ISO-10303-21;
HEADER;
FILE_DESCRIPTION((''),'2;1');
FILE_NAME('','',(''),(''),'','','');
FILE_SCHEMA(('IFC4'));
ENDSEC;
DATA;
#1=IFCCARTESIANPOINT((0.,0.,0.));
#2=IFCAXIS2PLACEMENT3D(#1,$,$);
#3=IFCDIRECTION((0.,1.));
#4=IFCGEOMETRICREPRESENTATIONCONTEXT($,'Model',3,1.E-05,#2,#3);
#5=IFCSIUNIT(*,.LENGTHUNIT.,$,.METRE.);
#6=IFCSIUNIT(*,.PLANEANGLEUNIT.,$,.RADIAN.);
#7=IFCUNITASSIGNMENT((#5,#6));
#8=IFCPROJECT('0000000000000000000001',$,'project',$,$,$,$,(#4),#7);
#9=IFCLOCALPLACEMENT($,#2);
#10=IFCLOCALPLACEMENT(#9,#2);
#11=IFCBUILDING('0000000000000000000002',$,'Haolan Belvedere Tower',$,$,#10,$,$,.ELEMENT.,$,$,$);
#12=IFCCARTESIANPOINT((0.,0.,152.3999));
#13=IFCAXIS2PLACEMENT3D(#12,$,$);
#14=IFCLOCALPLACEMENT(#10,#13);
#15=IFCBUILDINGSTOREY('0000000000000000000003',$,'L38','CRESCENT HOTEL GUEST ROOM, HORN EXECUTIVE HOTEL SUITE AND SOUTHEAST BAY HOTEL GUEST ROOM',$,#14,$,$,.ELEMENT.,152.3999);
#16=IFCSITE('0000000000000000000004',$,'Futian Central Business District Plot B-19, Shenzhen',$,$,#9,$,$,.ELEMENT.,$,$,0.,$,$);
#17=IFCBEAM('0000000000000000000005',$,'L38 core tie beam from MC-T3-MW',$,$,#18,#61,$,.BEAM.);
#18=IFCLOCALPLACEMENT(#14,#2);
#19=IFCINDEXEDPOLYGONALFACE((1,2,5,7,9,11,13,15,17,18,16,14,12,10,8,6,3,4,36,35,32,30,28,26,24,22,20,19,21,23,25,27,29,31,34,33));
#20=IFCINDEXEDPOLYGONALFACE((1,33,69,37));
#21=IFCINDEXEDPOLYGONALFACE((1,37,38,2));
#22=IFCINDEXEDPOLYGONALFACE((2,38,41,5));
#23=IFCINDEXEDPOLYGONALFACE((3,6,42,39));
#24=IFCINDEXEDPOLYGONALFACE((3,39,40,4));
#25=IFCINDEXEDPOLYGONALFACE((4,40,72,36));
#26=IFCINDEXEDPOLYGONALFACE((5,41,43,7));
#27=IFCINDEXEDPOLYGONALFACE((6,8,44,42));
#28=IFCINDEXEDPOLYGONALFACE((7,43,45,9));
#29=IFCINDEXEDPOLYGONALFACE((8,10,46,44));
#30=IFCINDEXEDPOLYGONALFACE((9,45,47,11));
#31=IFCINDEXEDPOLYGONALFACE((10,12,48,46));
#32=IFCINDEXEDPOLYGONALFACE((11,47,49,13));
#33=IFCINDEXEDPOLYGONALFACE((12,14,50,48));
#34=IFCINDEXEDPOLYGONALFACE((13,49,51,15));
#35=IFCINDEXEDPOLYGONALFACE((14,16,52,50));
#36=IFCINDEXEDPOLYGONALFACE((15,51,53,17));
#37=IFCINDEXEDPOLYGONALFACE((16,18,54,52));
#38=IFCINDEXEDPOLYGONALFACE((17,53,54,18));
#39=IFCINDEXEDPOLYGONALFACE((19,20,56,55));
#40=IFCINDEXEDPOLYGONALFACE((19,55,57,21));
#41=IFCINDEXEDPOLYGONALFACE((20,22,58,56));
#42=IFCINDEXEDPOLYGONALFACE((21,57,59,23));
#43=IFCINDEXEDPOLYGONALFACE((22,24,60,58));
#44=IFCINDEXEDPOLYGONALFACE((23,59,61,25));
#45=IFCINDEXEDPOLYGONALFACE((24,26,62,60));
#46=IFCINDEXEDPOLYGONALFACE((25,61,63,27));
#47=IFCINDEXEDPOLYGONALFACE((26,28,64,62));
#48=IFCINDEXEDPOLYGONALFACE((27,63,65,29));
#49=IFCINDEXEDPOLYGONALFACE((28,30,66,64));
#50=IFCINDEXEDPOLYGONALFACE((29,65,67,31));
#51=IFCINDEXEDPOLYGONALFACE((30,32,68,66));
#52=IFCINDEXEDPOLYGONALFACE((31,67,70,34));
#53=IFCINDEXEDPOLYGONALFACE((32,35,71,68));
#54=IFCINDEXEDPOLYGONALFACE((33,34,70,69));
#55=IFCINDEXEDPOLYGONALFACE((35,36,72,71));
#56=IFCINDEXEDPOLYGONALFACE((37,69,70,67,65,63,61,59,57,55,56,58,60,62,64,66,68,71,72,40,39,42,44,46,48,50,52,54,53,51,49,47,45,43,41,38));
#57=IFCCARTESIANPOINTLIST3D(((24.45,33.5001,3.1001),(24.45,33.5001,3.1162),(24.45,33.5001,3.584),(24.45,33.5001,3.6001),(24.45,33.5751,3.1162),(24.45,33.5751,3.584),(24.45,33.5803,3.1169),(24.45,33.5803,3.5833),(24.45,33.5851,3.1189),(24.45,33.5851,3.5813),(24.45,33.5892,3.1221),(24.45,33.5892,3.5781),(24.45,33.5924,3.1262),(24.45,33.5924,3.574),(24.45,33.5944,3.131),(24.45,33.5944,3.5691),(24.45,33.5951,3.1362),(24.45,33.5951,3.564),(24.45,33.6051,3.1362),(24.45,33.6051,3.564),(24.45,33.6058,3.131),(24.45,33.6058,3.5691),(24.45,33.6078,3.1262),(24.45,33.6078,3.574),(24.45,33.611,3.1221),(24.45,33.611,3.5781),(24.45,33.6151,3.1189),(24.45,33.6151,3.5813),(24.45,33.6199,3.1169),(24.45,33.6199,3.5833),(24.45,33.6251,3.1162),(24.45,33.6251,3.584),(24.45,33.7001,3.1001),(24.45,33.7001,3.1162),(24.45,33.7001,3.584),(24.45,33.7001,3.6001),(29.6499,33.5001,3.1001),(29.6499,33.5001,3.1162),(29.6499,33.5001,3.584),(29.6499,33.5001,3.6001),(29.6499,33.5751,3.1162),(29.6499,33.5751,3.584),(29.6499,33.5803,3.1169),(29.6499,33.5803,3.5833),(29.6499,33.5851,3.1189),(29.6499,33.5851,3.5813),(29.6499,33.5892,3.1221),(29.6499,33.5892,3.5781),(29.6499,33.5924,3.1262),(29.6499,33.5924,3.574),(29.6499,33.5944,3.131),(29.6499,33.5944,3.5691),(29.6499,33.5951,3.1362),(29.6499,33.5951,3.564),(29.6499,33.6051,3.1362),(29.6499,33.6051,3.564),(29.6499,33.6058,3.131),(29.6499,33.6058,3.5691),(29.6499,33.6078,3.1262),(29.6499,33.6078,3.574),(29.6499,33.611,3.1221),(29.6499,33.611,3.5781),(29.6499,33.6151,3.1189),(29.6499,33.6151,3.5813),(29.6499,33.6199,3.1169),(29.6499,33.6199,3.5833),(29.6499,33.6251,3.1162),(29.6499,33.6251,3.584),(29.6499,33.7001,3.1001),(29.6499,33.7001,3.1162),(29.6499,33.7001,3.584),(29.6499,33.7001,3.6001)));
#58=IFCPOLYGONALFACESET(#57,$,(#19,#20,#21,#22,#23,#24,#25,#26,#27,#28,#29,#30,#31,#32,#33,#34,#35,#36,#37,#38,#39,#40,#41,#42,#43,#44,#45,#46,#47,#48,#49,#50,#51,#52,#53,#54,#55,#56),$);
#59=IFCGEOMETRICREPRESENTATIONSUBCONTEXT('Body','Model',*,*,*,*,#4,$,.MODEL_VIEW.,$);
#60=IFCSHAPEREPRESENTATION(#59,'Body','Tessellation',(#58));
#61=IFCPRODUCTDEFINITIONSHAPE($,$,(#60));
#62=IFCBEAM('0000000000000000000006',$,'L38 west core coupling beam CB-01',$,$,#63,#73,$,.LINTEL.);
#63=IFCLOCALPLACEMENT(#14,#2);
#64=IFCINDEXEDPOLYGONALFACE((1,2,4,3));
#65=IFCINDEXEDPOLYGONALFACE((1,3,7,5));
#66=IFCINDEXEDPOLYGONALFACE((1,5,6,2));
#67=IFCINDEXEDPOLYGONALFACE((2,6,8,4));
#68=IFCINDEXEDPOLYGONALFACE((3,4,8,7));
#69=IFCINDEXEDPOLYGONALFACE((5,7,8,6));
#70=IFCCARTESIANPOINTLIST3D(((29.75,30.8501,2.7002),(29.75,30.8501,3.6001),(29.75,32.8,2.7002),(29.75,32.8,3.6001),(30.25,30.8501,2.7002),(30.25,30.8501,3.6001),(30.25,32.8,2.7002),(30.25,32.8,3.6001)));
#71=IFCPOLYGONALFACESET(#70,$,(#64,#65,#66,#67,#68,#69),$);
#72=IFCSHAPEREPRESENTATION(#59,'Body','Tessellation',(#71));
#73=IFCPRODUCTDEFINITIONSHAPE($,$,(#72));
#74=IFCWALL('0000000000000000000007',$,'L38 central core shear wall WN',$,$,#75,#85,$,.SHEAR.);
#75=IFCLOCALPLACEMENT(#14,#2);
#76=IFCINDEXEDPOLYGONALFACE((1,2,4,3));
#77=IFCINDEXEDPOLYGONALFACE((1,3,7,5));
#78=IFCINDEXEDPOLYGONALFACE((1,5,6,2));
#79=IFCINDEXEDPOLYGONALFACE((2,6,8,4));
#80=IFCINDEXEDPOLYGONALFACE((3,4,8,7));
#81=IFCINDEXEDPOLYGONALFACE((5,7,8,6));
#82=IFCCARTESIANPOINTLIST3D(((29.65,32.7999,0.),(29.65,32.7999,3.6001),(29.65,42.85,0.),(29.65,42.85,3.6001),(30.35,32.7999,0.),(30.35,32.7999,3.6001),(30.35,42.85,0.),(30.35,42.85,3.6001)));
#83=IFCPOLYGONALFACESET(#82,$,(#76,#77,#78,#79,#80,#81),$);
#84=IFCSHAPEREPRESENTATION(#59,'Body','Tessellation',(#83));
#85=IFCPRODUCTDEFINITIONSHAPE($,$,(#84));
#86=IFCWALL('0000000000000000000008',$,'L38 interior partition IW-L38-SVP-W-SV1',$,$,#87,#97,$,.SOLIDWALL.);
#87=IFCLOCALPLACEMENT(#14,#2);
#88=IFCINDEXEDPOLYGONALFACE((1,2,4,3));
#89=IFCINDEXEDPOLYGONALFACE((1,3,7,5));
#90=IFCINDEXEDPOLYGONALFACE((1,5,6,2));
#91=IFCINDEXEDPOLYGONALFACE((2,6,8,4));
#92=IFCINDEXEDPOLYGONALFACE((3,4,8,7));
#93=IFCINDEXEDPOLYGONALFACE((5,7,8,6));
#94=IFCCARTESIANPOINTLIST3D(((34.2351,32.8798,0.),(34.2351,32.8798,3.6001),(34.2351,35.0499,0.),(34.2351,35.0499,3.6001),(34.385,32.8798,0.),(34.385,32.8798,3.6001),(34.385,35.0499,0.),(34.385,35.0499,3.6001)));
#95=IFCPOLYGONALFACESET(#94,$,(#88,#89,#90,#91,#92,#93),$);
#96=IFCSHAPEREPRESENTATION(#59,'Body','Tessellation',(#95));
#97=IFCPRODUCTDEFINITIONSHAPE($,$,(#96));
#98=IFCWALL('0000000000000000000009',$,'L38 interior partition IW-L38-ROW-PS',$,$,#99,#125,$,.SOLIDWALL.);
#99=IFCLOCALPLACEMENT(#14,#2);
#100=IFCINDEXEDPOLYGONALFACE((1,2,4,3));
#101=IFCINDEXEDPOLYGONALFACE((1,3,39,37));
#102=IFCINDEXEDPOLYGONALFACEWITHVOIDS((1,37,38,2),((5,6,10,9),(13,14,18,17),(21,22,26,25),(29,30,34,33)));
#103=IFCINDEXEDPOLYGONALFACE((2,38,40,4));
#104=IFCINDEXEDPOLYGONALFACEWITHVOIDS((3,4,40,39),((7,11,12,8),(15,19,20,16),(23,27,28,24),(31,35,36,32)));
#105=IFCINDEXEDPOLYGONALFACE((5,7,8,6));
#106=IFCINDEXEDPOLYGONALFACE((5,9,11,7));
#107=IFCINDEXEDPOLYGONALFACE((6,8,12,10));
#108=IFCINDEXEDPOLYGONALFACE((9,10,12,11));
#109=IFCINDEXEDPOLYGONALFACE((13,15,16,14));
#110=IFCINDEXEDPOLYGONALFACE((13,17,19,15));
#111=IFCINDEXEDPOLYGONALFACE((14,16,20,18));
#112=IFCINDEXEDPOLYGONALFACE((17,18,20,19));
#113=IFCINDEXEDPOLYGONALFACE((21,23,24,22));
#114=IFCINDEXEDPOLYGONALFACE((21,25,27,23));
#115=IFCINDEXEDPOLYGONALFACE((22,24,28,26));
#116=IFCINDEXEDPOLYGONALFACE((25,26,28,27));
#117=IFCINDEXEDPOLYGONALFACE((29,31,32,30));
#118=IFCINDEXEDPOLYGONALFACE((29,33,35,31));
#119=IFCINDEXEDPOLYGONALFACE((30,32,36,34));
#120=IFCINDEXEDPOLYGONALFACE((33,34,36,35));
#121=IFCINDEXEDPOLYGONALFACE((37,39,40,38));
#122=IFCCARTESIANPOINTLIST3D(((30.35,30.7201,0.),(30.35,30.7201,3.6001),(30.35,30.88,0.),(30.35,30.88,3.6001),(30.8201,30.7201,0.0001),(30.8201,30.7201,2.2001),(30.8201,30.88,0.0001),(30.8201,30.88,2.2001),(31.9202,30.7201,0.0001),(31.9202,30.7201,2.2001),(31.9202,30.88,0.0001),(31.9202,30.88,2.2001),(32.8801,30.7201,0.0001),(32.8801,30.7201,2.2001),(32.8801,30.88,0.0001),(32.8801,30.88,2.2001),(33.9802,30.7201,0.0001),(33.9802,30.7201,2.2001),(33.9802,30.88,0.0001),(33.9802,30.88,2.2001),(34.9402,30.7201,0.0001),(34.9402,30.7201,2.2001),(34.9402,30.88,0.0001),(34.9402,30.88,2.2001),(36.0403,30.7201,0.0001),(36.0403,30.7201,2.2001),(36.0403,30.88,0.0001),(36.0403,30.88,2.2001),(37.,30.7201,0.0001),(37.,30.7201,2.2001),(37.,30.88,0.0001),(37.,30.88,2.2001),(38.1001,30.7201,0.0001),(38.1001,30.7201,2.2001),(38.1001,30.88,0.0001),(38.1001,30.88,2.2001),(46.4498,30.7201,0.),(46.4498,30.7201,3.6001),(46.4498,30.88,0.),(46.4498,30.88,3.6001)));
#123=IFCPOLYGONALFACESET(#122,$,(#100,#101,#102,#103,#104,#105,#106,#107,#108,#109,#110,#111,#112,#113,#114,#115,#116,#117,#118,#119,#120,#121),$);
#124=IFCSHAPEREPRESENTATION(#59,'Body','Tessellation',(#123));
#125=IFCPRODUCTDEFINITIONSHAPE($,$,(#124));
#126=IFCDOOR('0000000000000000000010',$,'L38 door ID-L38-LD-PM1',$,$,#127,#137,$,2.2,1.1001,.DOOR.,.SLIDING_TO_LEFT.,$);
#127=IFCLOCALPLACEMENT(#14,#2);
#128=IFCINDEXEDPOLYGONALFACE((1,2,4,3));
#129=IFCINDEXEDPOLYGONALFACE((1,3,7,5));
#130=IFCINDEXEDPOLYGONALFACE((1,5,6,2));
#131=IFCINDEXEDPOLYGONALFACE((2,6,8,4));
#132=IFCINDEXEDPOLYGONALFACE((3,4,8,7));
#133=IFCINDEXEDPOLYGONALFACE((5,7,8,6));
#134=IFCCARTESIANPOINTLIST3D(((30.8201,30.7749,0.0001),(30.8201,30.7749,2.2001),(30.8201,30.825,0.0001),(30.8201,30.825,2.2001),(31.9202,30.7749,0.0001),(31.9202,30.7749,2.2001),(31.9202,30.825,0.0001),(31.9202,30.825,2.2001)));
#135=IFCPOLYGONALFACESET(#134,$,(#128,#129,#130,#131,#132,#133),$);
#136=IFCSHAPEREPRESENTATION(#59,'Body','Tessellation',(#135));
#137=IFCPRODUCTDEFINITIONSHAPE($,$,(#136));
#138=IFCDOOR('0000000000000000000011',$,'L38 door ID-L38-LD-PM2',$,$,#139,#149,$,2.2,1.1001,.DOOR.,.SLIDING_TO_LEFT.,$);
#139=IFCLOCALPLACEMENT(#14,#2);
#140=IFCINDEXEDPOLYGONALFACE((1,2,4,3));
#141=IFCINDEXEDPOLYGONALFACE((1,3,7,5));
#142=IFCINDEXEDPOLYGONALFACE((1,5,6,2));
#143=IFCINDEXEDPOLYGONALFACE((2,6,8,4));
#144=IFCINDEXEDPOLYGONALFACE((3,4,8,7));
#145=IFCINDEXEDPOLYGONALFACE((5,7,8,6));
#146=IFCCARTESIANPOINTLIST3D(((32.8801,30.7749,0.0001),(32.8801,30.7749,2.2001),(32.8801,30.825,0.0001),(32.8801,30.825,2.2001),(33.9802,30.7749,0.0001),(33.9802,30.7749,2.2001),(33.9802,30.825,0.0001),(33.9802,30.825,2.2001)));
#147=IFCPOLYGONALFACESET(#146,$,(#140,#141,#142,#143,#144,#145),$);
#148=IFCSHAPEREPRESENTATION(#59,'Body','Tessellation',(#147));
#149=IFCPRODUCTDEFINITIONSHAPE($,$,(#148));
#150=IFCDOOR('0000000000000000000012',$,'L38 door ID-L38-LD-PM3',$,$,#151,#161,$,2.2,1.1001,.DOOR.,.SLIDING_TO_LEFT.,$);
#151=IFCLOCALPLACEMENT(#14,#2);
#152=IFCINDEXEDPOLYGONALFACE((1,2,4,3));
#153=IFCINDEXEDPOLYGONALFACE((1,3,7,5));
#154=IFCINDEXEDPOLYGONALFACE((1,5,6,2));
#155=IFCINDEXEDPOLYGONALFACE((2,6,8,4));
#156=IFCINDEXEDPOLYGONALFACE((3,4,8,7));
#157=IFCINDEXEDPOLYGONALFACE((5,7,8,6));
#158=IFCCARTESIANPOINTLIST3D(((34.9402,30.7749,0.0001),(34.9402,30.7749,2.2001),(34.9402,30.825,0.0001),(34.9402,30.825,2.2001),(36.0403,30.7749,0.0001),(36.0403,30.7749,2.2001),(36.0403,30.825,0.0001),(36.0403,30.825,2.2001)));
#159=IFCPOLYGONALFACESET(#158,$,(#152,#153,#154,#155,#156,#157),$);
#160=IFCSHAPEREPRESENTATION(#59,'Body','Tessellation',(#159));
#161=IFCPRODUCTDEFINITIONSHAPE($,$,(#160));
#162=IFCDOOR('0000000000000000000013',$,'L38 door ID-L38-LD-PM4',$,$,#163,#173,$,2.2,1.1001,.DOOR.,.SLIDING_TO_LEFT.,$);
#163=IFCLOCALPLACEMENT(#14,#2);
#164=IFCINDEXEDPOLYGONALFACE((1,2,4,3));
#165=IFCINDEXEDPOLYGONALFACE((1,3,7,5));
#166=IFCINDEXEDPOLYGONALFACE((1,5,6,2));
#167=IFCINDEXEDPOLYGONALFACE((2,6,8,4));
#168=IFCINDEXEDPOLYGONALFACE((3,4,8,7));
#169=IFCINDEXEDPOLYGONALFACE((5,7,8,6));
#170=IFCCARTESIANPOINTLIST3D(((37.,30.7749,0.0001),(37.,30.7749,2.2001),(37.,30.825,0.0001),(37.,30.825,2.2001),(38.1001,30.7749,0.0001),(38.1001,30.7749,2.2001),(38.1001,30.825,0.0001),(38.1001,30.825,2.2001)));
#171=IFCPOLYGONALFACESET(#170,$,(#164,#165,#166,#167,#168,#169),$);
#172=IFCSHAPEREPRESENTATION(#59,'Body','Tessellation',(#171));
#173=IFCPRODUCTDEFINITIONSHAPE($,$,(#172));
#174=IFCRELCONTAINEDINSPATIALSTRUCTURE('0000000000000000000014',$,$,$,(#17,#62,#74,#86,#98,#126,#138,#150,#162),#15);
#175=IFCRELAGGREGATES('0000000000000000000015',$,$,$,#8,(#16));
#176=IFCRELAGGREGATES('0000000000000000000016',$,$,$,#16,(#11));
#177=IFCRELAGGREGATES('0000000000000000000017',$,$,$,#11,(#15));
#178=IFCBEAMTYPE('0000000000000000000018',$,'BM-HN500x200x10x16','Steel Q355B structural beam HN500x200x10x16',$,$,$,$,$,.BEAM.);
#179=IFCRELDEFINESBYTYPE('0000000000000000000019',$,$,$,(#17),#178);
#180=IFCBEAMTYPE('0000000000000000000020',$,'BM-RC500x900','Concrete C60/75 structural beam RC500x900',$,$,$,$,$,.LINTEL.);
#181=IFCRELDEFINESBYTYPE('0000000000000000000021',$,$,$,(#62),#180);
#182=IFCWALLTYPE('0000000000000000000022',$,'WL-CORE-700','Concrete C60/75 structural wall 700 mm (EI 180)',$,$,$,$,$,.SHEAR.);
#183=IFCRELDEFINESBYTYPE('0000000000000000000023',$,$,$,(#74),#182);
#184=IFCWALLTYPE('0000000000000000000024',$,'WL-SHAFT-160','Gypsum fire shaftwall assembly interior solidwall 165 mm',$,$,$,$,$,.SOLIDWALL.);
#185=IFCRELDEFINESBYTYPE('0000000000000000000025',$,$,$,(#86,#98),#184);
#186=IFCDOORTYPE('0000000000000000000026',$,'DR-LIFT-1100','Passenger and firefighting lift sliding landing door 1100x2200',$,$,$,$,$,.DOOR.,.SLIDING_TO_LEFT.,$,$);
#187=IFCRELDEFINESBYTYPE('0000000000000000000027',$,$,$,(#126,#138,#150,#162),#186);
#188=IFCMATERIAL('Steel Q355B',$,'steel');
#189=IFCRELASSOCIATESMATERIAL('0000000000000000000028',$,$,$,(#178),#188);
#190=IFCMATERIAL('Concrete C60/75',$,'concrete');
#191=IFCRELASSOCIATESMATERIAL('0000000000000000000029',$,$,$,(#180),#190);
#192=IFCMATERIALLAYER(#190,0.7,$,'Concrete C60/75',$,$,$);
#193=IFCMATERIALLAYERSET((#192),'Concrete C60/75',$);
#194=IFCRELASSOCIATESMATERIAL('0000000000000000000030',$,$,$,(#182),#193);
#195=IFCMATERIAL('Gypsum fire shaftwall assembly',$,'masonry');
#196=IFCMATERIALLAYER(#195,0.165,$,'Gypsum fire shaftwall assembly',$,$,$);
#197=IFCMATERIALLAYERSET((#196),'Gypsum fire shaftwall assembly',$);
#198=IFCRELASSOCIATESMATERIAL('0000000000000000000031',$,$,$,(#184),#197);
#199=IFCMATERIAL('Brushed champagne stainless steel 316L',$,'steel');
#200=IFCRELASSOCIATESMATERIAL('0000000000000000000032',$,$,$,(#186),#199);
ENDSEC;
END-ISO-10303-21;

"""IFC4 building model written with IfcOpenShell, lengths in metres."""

from ifc_helpers import new_model, si_unit, direction, frame, frame_2d, origin, origin_2d, place, context, subcontext, project, spatial, rectangle, i_section, extrude, material, layer, layer_set, material_profile, profile_set, type_object, element, fill, save


model = new_model("IFC4")

# Units and contexts
model_context = context("Model", 3, precision=1e-05, world=origin(), true_north=direction((0.0, 1.0)))
body_context = subcontext(model_context, "Body", "Model", "MODEL_VIEW")
ifc_project = project(units=[si_unit("LENGTHUNIT", "METRE"), si_unit("PLANEANGLEUNIT", "RADIAN")], contexts=[model_context])

# Site, building, storey
site_placement = place(None, origin())
site = spatial("IfcSite", under=ifc_project, at=site_placement, Name="Futian Central Business District Plot B-19, Shenzhen", CompositionType="ELEMENT", RefElevation=0.0)
building_placement = place(site_placement, origin())
building = spatial("IfcBuilding", under=site, at=building_placement, Name="Haolan Belvedere Tower", CompositionType="ELEMENT")
storey_placement = place(building_placement, frame((0.0, 0.0, 152.3999)))
storey = spatial("IfcBuildingStorey", under=building, at=storey_placement, Name="L38", Description="CRESCENT HOTEL GUEST ROOM, HORN EXECUTIVE HOTEL SUITE AND SOUTHEAST BAY HOTEL GUEST ROOM", CompositionType="ELEMENT", Elevation=152.3999)

# Beams
ifc_material_1 = material(Name="Steel Q355B", Category="steel")
ifc_material_profile_1 = material_profile(ifc_material_1, i_section(OverallWidth=0.2, OverallDepth=0.5, WebThickness=0.01, FlangeThickness=0.0161, FilletRadius=0.02, at=origin_2d()), Name="Steel Q355B")
ifc_profile_set_1 = profile_set([ifc_material_profile_1], Name="Steel Q355B")
beam_type_1 = type_object("IfcBeamType", Name="BM-HN500x200x10x16", Description="Steel Q355B structural beam HN500x200x10x16", PredefinedType="BEAM", material=ifc_profile_set_1)
beam_1_placement = place(storey_placement, frame((24.45, 33.6001, 3.3501), z_axis=(1.0, 0.0, 0.0), x_axis=(0.0, 1.0, 0.0)))
element("IfcBeam", 1, at=beam_1_placement, inside=storey, type_object=beam_type_1, Name="L38 core tie beam from MC-T3-MW", PredefinedType="BEAM", context=body_context, shape_type="SweptSolid", body=[
    extrude(i_section(OverallWidth=0.2, OverallDepth=0.5, WebThickness=0.01, FlangeThickness=0.0161, FilletRadius=0.02, at=origin_2d()), origin(), (0.0, 0.0, 1.0), 5.2),
])
ifc_material_2 = material(Name="Concrete C60/75", Category="concrete")
ifc_material_profile_2 = material_profile(ifc_material_2, rectangle(XDim=0.5, YDim=0.8999, at=origin_2d()), Name="Concrete C60/75")
ifc_profile_set_2 = profile_set([ifc_material_profile_2], Name="Concrete C60/75")
beam_type_2 = type_object("IfcBeamType", Name="BM-RC500x900", Description="Concrete C60/75 structural beam RC500x900", PredefinedType="LINTEL", material=ifc_profile_set_2)
beam_2_placement = place(storey_placement, frame((30.0, 30.8501, 3.1501), z_axis=(0.0, 1.0, 0.0), x_axis=(-1.0, 0.0, 0.0)))
element("IfcBeam", 2, at=beam_2_placement, inside=storey, type_object=beam_type_2, Name="L38 west core coupling beam CB-01", PredefinedType="LINTEL", context=body_context, shape_type="SweptSolid", body=[
    extrude(rectangle(XDim=0.5, YDim=0.8999, at=origin_2d()), origin(), (0.0, 0.0, 1.0), 1.95),
])

# Wall
ifc_layer_1 = layer(ifc_material_2, 0.7, Name="Concrete C60/75")
ifc_layer_set_1 = layer_set([ifc_layer_1], Name="Concrete C60/75")
wall_type_1 = type_object("IfcWallType", Name="WL-CORE-700", Description="Concrete C60/75 structural wall 700 mm (EI 180)", PredefinedType="SHEAR", material=ifc_layer_set_1)
wall_1_placement = place(storey_placement, frame((30.0, 32.8, 0.0), z_axis=(0.0, 0.0, 1.0), x_axis=(0.0, 1.0, 0.0)))
element("IfcWall", 3, at=wall_1_placement, inside=storey, type_object=wall_type_1, Name="L38 central core shear wall WN", PredefinedType="SHEAR", context=body_context, shape_type="SweptSolid", body=[
    extrude(rectangle(XDim=10.05, YDim=0.7, at=frame_2d((5.0249, 0.0))), origin(), (0.0, 0.0, 1.0), 3.6001),
])

# Wall
ifc_material_3 = material(Name="Gypsum fire shaftwall assembly", Category="masonry")
ifc_layer_2 = layer(ifc_material_3, 0.165, Name="Gypsum fire shaftwall assembly")
ifc_layer_set_2 = layer_set([ifc_layer_2], Name="Gypsum fire shaftwall assembly")
wall_type_2 = type_object("IfcWallType", Name="WL-SHAFT-160", Description="Gypsum fire shaftwall assembly interior solidwall 165 mm", PredefinedType="SOLIDWALL", material=ifc_layer_set_2)
wall_2_placement = place(storey_placement, frame((34.3101, 32.8799, 0.0), z_axis=(0.0, 0.0, 1.0), x_axis=(0.0, 1.0, 0.0)))
element("IfcWall", 4, at=wall_2_placement, inside=storey, type_object=wall_type_2, Name="L38 interior partition IW-L38-SVP-W-SV1", PredefinedType="SOLIDWALL", context=body_context, shape_type="SweptSolid", body=[
    extrude(rectangle(XDim=2.1702, YDim=0.1499, at=frame_2d((1.085, 0.0))), origin(), (0.0, 0.0, 1.0), 3.6001),
])

# Wall, openings, doors
wall_3_placement = place(storey_placement, frame((30.3501, 30.8, 0.0), z_axis=(0.0, 0.0, 1.0), x_axis=(1.0, 0.0, 0.0)))
wall_3 = element("IfcWall", 5, at=wall_3_placement, inside=storey, type_object=wall_type_2, Name="L38 interior partition IW-L38-ROW-PS", PredefinedType="SOLIDWALL", context=body_context, shape_type="SweptSolid", body=[
    extrude(rectangle(XDim=16.0999, YDim=0.1599, at=frame_2d((8.0498, 0.0))), origin(), (0.0, 0.0, 1.0), 3.6001),
])
opening_1_placement = place(wall_3_placement, frame((0.47, 0.0, 0.0)))
opening_1 = element("IfcOpeningElement", 6, at=opening_1_placement, cuts=wall_3, PredefinedType="OPENING", context=body_context, shape_type="SweptSolid", body=[
    extrude(rectangle(XDim=1.1001, YDim=2.2, at=frame_2d((0.55, 1.1001))), frame((0.0, 0.0898, 0.0), z_axis=(0.0, -1.0, 0.0), x_axis=(1.0, 0.0, 0.0)), (0.0, 0.0, 1.0), 0.1799),
])
opening_2_placement = place(wall_3_placement, frame((2.53, 0.0, 0.0)))
opening_2 = element("IfcOpeningElement", 7, at=opening_2_placement, cuts=wall_3, PredefinedType="OPENING", context=body_context, shape_type="SweptSolid", body=[
    extrude(rectangle(XDim=1.1001, YDim=2.2, at=frame_2d((0.55, 1.1001))), frame((0.0, 0.0898, 0.0), z_axis=(0.0, -1.0, 0.0), x_axis=(1.0, 0.0, 0.0)), (0.0, 0.0, 1.0), 0.1799),
])
opening_3_placement = place(wall_3_placement, frame((4.5901, 0.0, 0.0)))
opening_3 = element("IfcOpeningElement", 8, at=opening_3_placement, cuts=wall_3, PredefinedType="OPENING", context=body_context, shape_type="SweptSolid", body=[
    extrude(rectangle(XDim=1.1001, YDim=2.2, at=frame_2d((0.55, 1.1001))), frame((0.0, 0.0898, 0.0), z_axis=(0.0, -1.0, 0.0), x_axis=(1.0, 0.0, 0.0)), (0.0, 0.0, 1.0), 0.1799),
])
opening_4_placement = place(wall_3_placement, frame((6.6499, 0.0, 0.0)))
opening_4 = element("IfcOpeningElement", 9, at=opening_4_placement, cuts=wall_3, PredefinedType="OPENING", context=body_context, shape_type="SweptSolid", body=[
    extrude(rectangle(XDim=1.1001, YDim=2.2, at=frame_2d((0.55, 1.1001))), frame((0.0, 0.0898, 0.0), z_axis=(0.0, -1.0, 0.0), x_axis=(1.0, 0.0, 0.0)), (0.0, 0.0, 1.0), 0.1799),
])
ifc_material_4 = material(Name="Brushed champagne stainless steel 316L", Category="steel")
door_type_1 = type_object("IfcDoorType", Name="DR-LIFT-1100", Description="Passenger and firefighting lift sliding landing door 1100x2200", OperationType="SLIDING_TO_LEFT", PredefinedType="DOOR", material=ifc_material_4)
door_1_placement = place(opening_1_placement, origin())
door_1 = element("IfcDoor", 10, at=door_1_placement, inside=storey, type_object=door_type_1, Name="L38 door ID-L38-LD-PM1", OperationType="SLIDING_TO_LEFT", OverallHeight=2.2, OverallWidth=1.1001, PredefinedType="DOOR", context=body_context, shape_type="SweptSolid", body=[
    extrude(rectangle(XDim=1.1001, YDim=2.2, at=frame_2d((0.55, 1.1001))), frame((0.0, 0.0249, 0.0), z_axis=(0.0, -1.0, 0.0), x_axis=(1.0, 0.0, 0.0)), (0.0, 0.0, 1.0), 0.05),
])
fill(opening_1, door_1)
door_2_placement = place(opening_2_placement, origin())
door_2 = element("IfcDoor", 11, at=door_2_placement, inside=storey, type_object=door_type_1, Name="L38 door ID-L38-LD-PM2", OperationType="SLIDING_TO_LEFT", OverallHeight=2.2, OverallWidth=1.1001, PredefinedType="DOOR", context=body_context, shape_type="SweptSolid", body=[
    extrude(rectangle(XDim=1.1001, YDim=2.2, at=frame_2d((0.55, 1.1001))), frame((0.0, 0.0249, 0.0), z_axis=(0.0, -1.0, 0.0), x_axis=(1.0, 0.0, 0.0)), (0.0, 0.0, 1.0), 0.05),
])
fill(opening_2, door_2)
door_3_placement = place(opening_3_placement, origin())
door_3 = element("IfcDoor", 12, at=door_3_placement, inside=storey, type_object=door_type_1, Name="L38 door ID-L38-LD-PM3", OperationType="SLIDING_TO_LEFT", OverallHeight=2.2, OverallWidth=1.1001, PredefinedType="DOOR", context=body_context, shape_type="SweptSolid", body=[
    extrude(rectangle(XDim=1.1001, YDim=2.2, at=frame_2d((0.55, 1.1001))), frame((0.0, 0.0249, 0.0), z_axis=(0.0, -1.0, 0.0), x_axis=(1.0, 0.0, 0.0)), (0.0, 0.0, 1.0), 0.05),
])
fill(opening_3, door_3)
door_4_placement = place(opening_4_placement, origin())
door_4 = element("IfcDoor", 13, at=door_4_placement, inside=storey, type_object=door_type_1, Name="L38 door ID-L38-LD-PM4", OperationType="SLIDING_TO_LEFT", OverallHeight=2.2, OverallWidth=1.1001, PredefinedType="DOOR", context=body_context, shape_type="SweptSolid", body=[
    extrude(rectangle(XDim=1.1001, YDim=2.2, at=frame_2d((0.55, 1.1001))), frame((0.0, 0.0249, 0.0), z_axis=(0.0, -1.0, 0.0), x_axis=(1.0, 0.0, 0.0)), (0.0, 0.0, 1.0), 0.05),
])
fill(opening_4, door_4)

save(model, "model.ifc")
